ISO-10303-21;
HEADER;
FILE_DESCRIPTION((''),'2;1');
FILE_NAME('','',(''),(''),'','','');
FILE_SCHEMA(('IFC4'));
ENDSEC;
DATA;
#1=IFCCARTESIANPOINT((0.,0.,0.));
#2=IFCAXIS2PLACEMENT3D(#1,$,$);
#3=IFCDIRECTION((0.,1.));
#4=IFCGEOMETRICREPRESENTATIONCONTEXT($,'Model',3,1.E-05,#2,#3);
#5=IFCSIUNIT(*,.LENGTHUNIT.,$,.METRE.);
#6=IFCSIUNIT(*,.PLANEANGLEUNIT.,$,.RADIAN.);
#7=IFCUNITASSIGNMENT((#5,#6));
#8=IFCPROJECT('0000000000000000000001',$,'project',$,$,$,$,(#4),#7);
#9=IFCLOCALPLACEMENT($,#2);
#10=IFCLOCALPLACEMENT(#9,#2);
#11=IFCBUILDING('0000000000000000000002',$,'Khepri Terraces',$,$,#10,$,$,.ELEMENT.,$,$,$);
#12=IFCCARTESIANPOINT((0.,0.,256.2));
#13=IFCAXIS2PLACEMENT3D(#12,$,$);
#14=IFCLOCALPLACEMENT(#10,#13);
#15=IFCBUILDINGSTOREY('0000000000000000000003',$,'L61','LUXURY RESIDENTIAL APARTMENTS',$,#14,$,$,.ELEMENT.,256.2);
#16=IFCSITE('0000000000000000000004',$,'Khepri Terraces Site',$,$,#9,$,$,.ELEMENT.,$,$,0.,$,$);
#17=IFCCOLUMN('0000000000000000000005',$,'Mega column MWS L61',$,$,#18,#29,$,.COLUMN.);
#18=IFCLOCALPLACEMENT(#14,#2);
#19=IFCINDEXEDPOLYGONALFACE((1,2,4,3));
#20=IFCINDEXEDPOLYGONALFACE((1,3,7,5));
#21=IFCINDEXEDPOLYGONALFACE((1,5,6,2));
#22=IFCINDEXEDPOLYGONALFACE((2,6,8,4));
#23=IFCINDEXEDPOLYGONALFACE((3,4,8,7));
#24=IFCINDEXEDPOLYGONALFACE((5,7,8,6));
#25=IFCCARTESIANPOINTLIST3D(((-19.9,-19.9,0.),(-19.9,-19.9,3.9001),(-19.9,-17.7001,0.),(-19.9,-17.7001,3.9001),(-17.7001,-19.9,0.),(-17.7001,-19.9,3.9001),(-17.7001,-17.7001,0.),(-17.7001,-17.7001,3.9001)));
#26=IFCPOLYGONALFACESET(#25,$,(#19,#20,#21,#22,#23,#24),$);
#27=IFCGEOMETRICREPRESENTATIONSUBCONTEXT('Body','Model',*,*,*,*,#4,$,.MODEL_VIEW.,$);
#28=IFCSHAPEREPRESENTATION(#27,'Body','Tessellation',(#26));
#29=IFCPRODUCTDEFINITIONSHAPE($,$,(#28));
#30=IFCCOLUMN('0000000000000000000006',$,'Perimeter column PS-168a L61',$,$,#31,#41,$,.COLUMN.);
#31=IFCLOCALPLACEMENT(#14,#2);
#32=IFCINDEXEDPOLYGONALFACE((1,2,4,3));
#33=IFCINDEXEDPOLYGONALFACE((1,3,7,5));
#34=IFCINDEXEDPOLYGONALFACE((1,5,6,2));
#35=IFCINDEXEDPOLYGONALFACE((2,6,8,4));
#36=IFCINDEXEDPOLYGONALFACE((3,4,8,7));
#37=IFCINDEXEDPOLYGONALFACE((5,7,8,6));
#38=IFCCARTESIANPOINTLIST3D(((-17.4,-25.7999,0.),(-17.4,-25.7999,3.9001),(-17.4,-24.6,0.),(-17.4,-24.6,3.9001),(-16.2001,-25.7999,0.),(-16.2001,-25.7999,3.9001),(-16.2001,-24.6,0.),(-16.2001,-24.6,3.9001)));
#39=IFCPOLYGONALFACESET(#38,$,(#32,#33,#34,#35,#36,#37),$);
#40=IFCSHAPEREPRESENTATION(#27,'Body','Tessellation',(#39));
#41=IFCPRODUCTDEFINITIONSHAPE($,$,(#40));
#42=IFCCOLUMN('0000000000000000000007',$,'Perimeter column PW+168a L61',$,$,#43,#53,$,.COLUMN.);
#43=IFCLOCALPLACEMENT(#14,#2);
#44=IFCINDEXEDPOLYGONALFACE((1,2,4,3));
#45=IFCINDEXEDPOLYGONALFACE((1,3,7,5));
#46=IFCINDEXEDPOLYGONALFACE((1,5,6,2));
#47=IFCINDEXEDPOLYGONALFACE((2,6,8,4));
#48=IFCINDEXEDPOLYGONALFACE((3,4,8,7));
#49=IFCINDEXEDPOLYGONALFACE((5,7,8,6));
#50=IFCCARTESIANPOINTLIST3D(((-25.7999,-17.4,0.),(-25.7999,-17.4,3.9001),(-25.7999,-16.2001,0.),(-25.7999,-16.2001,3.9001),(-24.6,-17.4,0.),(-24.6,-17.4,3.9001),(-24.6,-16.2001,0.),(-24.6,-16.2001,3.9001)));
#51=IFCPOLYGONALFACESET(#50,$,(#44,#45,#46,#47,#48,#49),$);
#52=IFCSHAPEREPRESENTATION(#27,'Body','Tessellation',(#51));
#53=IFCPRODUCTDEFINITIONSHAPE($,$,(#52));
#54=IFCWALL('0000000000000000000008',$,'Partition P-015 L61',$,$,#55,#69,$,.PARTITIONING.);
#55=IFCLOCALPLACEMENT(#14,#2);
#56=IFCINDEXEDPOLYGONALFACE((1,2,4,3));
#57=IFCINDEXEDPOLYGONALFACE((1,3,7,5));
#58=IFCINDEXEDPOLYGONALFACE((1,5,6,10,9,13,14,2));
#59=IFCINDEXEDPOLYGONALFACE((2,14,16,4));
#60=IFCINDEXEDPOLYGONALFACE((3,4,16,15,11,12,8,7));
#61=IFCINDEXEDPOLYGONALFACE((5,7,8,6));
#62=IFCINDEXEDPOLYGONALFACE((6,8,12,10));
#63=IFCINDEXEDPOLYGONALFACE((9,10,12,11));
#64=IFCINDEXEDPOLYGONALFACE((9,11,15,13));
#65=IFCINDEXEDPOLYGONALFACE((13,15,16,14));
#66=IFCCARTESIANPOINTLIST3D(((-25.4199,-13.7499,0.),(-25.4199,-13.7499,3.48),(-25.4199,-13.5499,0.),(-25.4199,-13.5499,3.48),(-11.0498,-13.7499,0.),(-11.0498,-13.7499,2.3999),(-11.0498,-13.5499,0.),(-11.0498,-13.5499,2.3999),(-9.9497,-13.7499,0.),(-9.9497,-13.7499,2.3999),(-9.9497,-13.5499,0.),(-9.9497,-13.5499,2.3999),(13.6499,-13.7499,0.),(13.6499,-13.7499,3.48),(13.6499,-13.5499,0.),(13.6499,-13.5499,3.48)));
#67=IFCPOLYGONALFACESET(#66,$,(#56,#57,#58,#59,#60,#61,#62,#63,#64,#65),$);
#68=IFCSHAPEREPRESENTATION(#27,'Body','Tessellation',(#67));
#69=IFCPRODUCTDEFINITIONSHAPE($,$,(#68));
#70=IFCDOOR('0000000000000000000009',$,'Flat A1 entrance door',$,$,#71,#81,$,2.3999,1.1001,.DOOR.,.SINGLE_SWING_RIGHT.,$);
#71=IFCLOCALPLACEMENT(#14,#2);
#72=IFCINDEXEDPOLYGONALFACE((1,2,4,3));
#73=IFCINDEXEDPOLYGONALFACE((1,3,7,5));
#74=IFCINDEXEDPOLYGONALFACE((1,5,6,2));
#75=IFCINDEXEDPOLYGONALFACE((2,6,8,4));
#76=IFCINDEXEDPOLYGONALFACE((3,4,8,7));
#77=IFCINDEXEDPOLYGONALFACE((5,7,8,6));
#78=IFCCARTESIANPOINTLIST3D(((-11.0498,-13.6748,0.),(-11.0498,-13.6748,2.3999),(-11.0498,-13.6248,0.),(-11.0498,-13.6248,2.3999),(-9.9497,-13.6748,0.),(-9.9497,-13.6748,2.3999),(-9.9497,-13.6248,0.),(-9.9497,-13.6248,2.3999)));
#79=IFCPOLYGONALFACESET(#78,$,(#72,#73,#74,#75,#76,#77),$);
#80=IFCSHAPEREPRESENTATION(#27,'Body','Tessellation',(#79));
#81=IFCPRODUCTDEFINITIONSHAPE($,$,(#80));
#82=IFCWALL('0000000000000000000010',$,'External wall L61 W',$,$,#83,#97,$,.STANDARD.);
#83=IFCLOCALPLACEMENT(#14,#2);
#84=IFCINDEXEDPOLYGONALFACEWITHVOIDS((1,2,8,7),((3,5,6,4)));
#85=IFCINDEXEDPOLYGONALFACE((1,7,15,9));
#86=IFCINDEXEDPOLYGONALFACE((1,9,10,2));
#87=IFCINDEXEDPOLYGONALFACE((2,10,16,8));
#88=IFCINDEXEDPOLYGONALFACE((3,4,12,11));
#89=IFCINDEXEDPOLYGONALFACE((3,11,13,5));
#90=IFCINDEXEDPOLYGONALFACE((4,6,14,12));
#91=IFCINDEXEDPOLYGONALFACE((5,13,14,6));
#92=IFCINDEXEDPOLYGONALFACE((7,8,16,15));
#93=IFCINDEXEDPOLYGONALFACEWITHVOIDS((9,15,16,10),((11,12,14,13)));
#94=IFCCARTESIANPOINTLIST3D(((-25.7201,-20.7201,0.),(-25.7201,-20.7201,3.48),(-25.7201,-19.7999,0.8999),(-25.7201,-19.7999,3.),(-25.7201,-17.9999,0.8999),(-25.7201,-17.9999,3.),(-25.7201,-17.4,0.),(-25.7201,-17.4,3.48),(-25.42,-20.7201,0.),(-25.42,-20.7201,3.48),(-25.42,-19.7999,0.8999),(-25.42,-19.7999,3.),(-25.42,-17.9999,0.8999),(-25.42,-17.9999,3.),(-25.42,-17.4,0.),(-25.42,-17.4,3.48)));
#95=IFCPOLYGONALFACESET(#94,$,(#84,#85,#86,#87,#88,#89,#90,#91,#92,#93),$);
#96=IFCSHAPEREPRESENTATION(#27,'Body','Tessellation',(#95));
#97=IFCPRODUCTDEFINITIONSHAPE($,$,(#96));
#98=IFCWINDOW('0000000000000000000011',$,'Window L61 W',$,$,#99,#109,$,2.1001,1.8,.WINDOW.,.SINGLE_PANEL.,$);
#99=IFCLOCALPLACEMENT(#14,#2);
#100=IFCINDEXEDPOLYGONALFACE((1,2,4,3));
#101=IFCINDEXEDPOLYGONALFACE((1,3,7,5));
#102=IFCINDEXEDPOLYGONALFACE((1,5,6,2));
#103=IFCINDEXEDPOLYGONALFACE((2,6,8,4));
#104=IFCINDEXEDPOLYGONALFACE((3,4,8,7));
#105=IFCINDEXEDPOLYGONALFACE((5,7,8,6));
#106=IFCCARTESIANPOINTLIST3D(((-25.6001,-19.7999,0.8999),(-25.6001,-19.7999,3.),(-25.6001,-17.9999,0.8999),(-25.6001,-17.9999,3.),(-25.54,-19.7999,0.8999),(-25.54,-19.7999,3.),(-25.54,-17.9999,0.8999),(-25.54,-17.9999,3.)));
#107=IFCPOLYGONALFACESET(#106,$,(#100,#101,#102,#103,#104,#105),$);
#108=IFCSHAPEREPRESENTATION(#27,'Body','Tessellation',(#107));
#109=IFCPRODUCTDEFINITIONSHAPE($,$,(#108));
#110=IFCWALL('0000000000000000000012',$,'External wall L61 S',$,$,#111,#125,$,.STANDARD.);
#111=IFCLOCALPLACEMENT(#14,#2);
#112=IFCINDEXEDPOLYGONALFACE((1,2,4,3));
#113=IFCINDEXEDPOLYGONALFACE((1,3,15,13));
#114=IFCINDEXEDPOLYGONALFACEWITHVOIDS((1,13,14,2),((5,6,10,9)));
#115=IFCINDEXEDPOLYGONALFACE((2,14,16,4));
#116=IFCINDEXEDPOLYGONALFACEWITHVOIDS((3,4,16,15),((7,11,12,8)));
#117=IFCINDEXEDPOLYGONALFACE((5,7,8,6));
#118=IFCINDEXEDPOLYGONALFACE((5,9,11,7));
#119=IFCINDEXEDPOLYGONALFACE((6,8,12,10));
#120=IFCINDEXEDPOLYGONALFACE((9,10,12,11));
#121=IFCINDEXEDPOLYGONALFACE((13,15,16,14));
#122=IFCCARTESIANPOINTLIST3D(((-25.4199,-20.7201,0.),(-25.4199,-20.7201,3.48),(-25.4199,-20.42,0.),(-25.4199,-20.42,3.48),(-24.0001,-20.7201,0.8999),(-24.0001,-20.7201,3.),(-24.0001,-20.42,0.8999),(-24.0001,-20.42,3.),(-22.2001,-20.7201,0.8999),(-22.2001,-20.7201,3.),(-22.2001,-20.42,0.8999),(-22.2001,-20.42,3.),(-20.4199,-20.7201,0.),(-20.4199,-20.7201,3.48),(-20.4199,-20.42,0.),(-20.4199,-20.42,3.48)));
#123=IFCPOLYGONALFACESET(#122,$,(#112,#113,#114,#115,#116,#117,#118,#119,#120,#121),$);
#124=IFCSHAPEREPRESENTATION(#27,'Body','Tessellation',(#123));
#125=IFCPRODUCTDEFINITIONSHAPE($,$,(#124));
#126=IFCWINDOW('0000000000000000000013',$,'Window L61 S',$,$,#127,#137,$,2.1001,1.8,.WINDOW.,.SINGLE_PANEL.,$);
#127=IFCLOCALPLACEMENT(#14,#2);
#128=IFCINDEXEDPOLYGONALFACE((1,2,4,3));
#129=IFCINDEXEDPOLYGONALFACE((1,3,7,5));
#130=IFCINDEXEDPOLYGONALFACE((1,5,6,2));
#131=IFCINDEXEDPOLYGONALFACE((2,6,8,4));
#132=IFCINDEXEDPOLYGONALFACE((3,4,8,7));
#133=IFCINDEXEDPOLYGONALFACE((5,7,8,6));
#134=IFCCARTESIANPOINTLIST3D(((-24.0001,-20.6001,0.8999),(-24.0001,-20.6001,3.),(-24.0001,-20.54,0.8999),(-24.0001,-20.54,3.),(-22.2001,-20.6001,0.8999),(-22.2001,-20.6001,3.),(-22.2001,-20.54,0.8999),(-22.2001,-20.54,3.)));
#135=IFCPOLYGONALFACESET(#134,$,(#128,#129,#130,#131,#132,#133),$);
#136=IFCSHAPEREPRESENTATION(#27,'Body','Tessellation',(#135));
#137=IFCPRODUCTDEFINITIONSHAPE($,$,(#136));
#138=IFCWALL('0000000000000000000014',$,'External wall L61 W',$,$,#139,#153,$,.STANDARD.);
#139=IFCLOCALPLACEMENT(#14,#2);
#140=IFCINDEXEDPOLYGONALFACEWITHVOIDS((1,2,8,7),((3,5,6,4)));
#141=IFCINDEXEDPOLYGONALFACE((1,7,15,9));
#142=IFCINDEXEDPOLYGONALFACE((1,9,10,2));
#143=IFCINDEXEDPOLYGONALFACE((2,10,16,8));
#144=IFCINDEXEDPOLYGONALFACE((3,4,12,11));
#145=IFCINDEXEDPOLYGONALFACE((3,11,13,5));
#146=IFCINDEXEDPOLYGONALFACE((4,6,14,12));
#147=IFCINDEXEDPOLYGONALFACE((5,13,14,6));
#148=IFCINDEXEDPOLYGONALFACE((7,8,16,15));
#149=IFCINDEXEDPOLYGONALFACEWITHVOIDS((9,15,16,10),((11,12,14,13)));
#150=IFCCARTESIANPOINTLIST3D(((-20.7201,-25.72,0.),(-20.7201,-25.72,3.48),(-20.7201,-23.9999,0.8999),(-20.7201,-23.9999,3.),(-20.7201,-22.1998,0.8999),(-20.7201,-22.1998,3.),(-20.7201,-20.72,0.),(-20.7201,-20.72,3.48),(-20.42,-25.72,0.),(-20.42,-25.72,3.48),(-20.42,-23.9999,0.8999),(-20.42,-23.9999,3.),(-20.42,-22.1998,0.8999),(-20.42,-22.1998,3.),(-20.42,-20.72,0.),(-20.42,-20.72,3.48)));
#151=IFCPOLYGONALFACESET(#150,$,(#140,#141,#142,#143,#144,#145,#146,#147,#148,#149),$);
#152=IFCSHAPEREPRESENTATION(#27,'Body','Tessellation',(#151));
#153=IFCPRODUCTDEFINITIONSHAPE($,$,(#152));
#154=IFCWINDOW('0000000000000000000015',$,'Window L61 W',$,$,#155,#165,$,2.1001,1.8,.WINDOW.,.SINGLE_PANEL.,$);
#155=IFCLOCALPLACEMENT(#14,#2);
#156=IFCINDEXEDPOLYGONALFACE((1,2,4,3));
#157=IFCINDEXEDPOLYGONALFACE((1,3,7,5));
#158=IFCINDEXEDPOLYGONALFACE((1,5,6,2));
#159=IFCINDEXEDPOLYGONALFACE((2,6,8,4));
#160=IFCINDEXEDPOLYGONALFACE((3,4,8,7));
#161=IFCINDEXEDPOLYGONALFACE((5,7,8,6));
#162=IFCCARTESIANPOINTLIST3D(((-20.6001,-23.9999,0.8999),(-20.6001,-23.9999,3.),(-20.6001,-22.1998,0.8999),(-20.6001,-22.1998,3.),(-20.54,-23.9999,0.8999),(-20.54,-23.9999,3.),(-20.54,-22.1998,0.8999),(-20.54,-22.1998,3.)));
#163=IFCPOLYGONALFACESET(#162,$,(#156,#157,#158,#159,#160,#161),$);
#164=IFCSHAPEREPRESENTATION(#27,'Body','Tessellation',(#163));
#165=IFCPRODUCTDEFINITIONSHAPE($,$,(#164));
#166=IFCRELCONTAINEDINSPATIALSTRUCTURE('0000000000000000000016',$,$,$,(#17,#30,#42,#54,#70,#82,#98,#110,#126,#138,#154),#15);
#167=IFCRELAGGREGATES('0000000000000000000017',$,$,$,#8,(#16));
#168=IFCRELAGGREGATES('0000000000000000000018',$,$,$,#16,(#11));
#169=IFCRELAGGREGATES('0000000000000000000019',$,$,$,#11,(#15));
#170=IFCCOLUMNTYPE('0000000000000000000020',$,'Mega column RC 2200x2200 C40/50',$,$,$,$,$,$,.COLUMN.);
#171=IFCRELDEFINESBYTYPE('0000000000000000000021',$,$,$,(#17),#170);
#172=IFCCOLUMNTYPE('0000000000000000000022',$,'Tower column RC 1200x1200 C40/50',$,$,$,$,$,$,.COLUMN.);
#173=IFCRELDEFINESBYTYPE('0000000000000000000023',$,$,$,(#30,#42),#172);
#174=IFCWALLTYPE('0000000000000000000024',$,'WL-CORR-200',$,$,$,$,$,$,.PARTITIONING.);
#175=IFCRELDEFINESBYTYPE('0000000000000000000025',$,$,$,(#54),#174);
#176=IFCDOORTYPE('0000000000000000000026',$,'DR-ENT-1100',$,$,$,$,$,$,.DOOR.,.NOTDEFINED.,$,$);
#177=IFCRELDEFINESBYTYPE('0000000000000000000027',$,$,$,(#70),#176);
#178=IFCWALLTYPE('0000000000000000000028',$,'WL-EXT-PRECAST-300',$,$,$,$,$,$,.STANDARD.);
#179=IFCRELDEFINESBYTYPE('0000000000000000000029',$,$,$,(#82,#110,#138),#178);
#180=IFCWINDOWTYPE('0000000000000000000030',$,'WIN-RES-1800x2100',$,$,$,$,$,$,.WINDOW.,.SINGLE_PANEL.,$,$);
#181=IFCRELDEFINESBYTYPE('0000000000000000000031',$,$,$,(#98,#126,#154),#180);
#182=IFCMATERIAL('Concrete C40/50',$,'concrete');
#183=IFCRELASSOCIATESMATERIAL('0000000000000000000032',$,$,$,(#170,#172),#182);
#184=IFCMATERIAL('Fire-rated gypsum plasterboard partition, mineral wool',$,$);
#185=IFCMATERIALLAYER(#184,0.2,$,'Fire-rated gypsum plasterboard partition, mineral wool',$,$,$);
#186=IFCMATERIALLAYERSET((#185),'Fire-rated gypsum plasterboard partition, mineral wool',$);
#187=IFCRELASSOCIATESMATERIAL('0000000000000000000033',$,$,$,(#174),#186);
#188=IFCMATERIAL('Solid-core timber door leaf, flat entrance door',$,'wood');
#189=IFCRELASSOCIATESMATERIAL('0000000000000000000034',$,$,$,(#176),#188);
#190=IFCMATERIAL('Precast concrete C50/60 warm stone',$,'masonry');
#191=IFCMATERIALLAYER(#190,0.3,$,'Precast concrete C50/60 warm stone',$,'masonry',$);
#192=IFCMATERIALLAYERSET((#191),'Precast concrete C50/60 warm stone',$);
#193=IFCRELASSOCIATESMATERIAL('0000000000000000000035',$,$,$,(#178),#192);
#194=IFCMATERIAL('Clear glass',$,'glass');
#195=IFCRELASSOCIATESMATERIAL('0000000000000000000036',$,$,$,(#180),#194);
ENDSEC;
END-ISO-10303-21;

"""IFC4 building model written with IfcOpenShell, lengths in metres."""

from ifc_helpers import new_model, si_unit, direction, frame, frame_2d, origin, origin_2d, place, context, subcontext, project, spatial, rectangle, extrude, material, layer, layer_set, material_profile, profile_set, type_object, element, fill, save


model = new_model("IFC4")

# Units and contexts
model_context = context("Model", 3, precision=1e-05, world=origin(), true_north=direction((0.0, 1.0)))
body_context = subcontext(model_context, "Body", "Model", "MODEL_VIEW")
ifc_project = project(units=[si_unit("LENGTHUNIT", "METRE"), si_unit("PLANEANGLEUNIT", "RADIAN")], contexts=[model_context])

# Site, building, storey
site_placement = place(None, origin())
site = spatial("IfcSite", under=ifc_project, at=site_placement, Name="Khepri Terraces Site", CompositionType="ELEMENT", RefElevation=0.0)
building_placement = place(site_placement, origin())
building = spatial("IfcBuilding", under=site, at=building_placement, Name="Khepri Terraces", CompositionType="ELEMENT")
storey_placement = place(building_placement, frame((0.0, 0.0, 256.2)))
storey = spatial("IfcBuildingStorey", under=building, at=storey_placement, Name="L61", Description="LUXURY RESIDENTIAL APARTMENTS", CompositionType="ELEMENT", Elevation=256.2)

# Columns
ifc_material_1 = material(Name="Concrete C40/50", Category="concrete")
ifc_material_profile_1 = material_profile(ifc_material_1, rectangle(XDim=2.2, YDim=2.2, at=origin_2d()), Name="Concrete C40/50", Category="concrete")
ifc_profile_set_1 = profile_set([ifc_material_profile_1], Name="Concrete C40/50")
column_type_1 = type_object("IfcColumnType", Name="Mega column RC 2200x2200 C40/50", PredefinedType="COLUMN", material=ifc_profile_set_1)
column_placement = place(storey_placement, frame((-18.8, -18.8, 0.0), z_axis=(0.0, 0.0, 1.0), x_axis=(1.0, 0.0, 0.0)))
element("IfcColumn", 1, at=column_placement, inside=storey, type_object=column_type_1, Name="Mega column MWS L61", PredefinedType="COLUMN", context=body_context, shape_type="SweptSolid", body=[
    extrude(rectangle(XDim=2.2, YDim=2.2, at=origin_2d()), origin(), (0.0, 0.0, 1.0), 3.9001),
])
ifc_material_profile_2 = material_profile(ifc_material_1, rectangle(XDim=1.2, YDim=1.2, at=origin_2d()), Name="Concrete C40/50", Category="concrete")
ifc_profile_set_2 = profile_set([ifc_material_profile_2], Name="Concrete C40/50")
column_type_2 = type_object("IfcColumnType", Name="Tower column RC 1200x1200 C40/50", PredefinedType="COLUMN", material=ifc_profile_set_2)
for number, where, z_axis, x_axis, name in (
    (2, (-16.8, -25.2, 0.0), (0.0, 0.0, 1.0), (1.0, 0.0, 0.0), "Perimeter column PS-168a L61"),
    (3, (-25.2, -16.8, 0.0), (0.0, 0.0, 1.0), (1.0, 0.0, 0.0), "Perimeter column PW+168a L61"),
):
    element("IfcColumn", number, at=place(storey_placement, frame(where, z_axis=z_axis, x_axis=x_axis)), inside=storey, type_object=column_type_2, Name=name, PredefinedType="COLUMN", context=body_context, shape_type="SweptSolid", body=[
        extrude(rectangle(XDim=1.2, YDim=1.2, at=origin_2d()), origin(), (0.0, 0.0, 1.0), 3.9001),
    ])

# Wall, opening, door
ifc_material_2 = material(Name="Fire-rated gypsum plasterboard partition, mineral wool")
ifc_layer_1 = layer(ifc_material_2, 0.2, Name="Fire-rated gypsum plasterboard partition, mineral wool")
ifc_layer_set_1 = layer_set([ifc_layer_1], Name="Fire-rated gypsum plasterboard partition, mineral wool")
wall_type_1 = type_object("IfcWallType", Name="WL-CORR-200", PredefinedType="PARTITIONING", material=ifc_layer_set_1)
wall_1_placement = place(storey_placement, frame((-25.4199, -13.6499, 0.0), z_axis=(0.0, 0.0, 1.0), x_axis=(1.0, 0.0, 0.0)))
wall_1 = element("IfcWall", 4, at=wall_1_placement, inside=storey, type_object=wall_type_1, Name="Partition P-015 L61", PredefinedType="PARTITIONING", context=body_context, shape_type="SweptSolid", body=[
    extrude(rectangle(XDim=39.0698, YDim=0.2, at=frame_2d((19.5349, 0.0))), origin(), (0.0, 0.0, 1.0), 3.48),
])
opening_1_placement = place(wall_1_placement, frame((14.3701, 0.0, 0.0)))
opening_1 = element("IfcOpeningElement", 5, at=opening_1_placement, cuts=wall_1, PredefinedType="OPENING", context=body_context, shape_type="SweptSolid", body=[
    extrude(rectangle(XDim=1.1001, YDim=2.3999, at=frame_2d((0.55, 1.2))), frame((0.0, 0.1099, 0.0), z_axis=(0.0, -1.0, 0.0), x_axis=(1.0, 0.0, 0.0)), (0.0, 0.0, 1.0), 0.22),
])
ifc_material_3 = material(Name="Solid-core timber door leaf, flat entrance door", Category="wood")
door_type_1 = type_object("IfcDoorType", Name="DR-ENT-1100", OperationType="NOTDEFINED", PredefinedType="DOOR", material=ifc_material_3)
door_1_placement = place(opening_1_placement, frame((1.1001, 0.0, 0.0), z_axis=(0.0, 0.0, 1.0), x_axis=(-1.0, 0.0, 0.0)))
door_1 = element("IfcDoor", 6, at=door_1_placement, inside=storey, type_object=door_type_1, Name="Flat A1 entrance door", OperationType="SINGLE_SWING_RIGHT", OverallHeight=2.3999, OverallWidth=1.1001, PredefinedType="DOOR", context=body_context, shape_type="SweptSolid", body=[
    extrude(rectangle(XDim=1.1001, YDim=2.3999, at=frame_2d((0.55, 1.2))), frame((0.0, 0.0249, 0.0), z_axis=(0.0, -1.0, 0.0), x_axis=(1.0, 0.0, 0.0)), (0.0, 0.0, 1.0), 0.05),
])
fill(opening_1, door_1)

# Walls, openings, windows
ifc_material_4 = material(Name="Precast concrete C50/60 warm stone", Category="masonry")
ifc_layer_2 = layer(ifc_material_4, 0.3, Name="Precast concrete C50/60 warm stone", Category="masonry")
ifc_layer_set_2 = layer_set([ifc_layer_2], Name="Precast concrete C50/60 warm stone")
wall_type_2 = type_object("IfcWallType", Name="WL-EXT-PRECAST-300", PredefinedType="STANDARD", material=ifc_layer_set_2)
wall_2_placement = place(storey_placement, frame((-25.5701, -17.3999, 0.0), z_axis=(0.0, 0.0, 1.0), x_axis=(0.0, -1.0, 0.0)))
wall_2 = element("IfcWall", 7, at=wall_2_placement, inside=storey, type_object=wall_type_2, Name="External wall L61 W", PredefinedType="STANDARD", context=body_context, shape_type="SweptSolid", body=[
    extrude(rectangle(XDim=3.3201, YDim=0.3, at=frame_2d((1.6602, 0.0))), origin(), (0.0, 0.0, 1.0), 3.48),
])
opening_2_placement = place(wall_2_placement, frame((0.6001, 0.0, 0.8999)))
opening_2 = element("IfcOpeningElement", 8, at=opening_2_placement, cuts=wall_2, PredefinedType="OPENING", context=body_context, shape_type="SweptSolid", body=[
    extrude(rectangle(XDim=1.8, YDim=2.1001, at=frame_2d((0.8999, 1.05))), frame((0.0, 0.1602, 0.0), z_axis=(0.0, -1.0, 0.0), x_axis=(1.0, 0.0, 0.0)), (0.0, 0.0, 1.0), 0.3201),
])
ifc_material_5 = material(Name="Clear glass", Category="glass")
window_type = type_object("IfcWindowType", Name="WIN-RES-1800x2100", PartitioningType="SINGLE_PANEL", PredefinedType="WINDOW", material=ifc_material_5)
window_1_placement = place(opening_2_placement, origin())
window_1 = element("IfcWindow", 9, at=window_1_placement, inside=storey, type_object=window_type, Name="Window L61 W", OverallHeight=2.1001, OverallWidth=1.8, PartitioningType="SINGLE_PANEL", PredefinedType="WINDOW", context=body_context, shape_type="SweptSolid", body=[
    extrude(rectangle(XDim=1.8, YDim=2.1001, at=frame_2d((0.8999, 1.05))), frame((0.0, 0.03, 0.0), z_axis=(0.0, -1.0, 0.0), x_axis=(1.0, 0.0, 0.0)), (0.0, 0.0, 1.0), 0.0601),
])
fill(opening_2, window_1)
wall_3_placement = place(storey_placement, frame((-25.4199, -20.5701, 0.0), z_axis=(0.0, 0.0, 1.0), x_axis=(1.0, 0.0, 0.0)))
wall_3 = element("IfcWall", 10, at=wall_3_placement, inside=storey, type_object=wall_type_2, Name="External wall L61 S", PredefinedType="STANDARD", context=body_context, shape_type="SweptSolid", body=[
    extrude(rectangle(XDim=5.0, YDim=0.3, at=frame_2d((2.5, 0.0))), origin(), (0.0, 0.0, 1.0), 3.48),
])
opening_3_placement = place(wall_3_placement, frame((1.4199, 0.0, 0.8999)))
opening_3 = element("IfcOpeningElement", 11, at=opening_3_placement, cuts=wall_3, PredefinedType="OPENING", context=body_context, shape_type="SweptSolid", body=[
    extrude(rectangle(XDim=1.8, YDim=2.1001, at=frame_2d((0.8999, 1.05))), frame((0.0, 0.1602, 0.0), z_axis=(0.0, -1.0, 0.0), x_axis=(1.0, 0.0, 0.0)), (0.0, 0.0, 1.0), 0.3201),
])
window_2_placement = place(opening_3_placement, origin())
window_2 = element("IfcWindow", 12, at=window_2_placement, inside=storey, type_object=window_type, Name="Window L61 S", OverallHeight=2.1001, OverallWidth=1.8, PartitioningType="SINGLE_PANEL", PredefinedType="WINDOW", context=body_context, shape_type="SweptSolid", body=[
    extrude(rectangle(XDim=1.8, YDim=2.1001, at=frame_2d((0.8999, 1.05))), frame((0.0, 0.03, 0.0), z_axis=(0.0, -1.0, 0.0), x_axis=(1.0, 0.0, 0.0)), (0.0, 0.0, 1.0), 0.0601),
])
fill(opening_3, window_2)
wall_4_placement = place(storey_placement, frame((-20.5701, -20.72, 0.0), z_axis=(0.0, 0.0, 1.0), x_axis=(0.0, -1.0, 0.0)))
wall_4 = element("IfcWall", 13, at=wall_4_placement, inside=storey, type_object=wall_type_2, Name="External wall L61 W", PredefinedType="STANDARD", context=body_context, shape_type="SweptSolid", body=[
    extrude(rectangle(XDim=5.0, YDim=0.3, at=frame_2d((2.5, 0.0))), origin(), (0.0, 0.0, 1.0), 3.48),
])
opening_4_placement = place(wall_4_placement, frame((1.48, 0.0, 0.8999)))
opening_4 = element("IfcOpeningElement", 14, at=opening_4_placement, cuts=wall_4, PredefinedType="OPENING", context=body_context, shape_type="SweptSolid", body=[
    extrude(rectangle(XDim=1.8, YDim=2.1001, at=frame_2d((0.8999, 1.05))), frame((0.0, 0.1602, 0.0), z_axis=(0.0, -1.0, 0.0), x_axis=(1.0, 0.0, 0.0)), (0.0, 0.0, 1.0), 0.3201),
])
window_3_placement = place(opening_4_placement, origin())
window_3 = element("IfcWindow", 15, at=window_3_placement, inside=storey, type_object=window_type, Name="Window L61 W", OverallHeight=2.1001, OverallWidth=1.8, PartitioningType="SINGLE_PANEL", PredefinedType="WINDOW", context=body_context, shape_type="SweptSolid", body=[
    extrude(rectangle(XDim=1.8, YDim=2.1001, at=frame_2d((0.8999, 1.05))), frame((0.0, 0.03, 0.0), z_axis=(0.0, -1.0, 0.0), x_axis=(1.0, 0.0, 0.0)), (0.0, 0.0, 1.0), 0.0601),
])
fill(opening_4, window_3)

save(model, "model.ifc")
